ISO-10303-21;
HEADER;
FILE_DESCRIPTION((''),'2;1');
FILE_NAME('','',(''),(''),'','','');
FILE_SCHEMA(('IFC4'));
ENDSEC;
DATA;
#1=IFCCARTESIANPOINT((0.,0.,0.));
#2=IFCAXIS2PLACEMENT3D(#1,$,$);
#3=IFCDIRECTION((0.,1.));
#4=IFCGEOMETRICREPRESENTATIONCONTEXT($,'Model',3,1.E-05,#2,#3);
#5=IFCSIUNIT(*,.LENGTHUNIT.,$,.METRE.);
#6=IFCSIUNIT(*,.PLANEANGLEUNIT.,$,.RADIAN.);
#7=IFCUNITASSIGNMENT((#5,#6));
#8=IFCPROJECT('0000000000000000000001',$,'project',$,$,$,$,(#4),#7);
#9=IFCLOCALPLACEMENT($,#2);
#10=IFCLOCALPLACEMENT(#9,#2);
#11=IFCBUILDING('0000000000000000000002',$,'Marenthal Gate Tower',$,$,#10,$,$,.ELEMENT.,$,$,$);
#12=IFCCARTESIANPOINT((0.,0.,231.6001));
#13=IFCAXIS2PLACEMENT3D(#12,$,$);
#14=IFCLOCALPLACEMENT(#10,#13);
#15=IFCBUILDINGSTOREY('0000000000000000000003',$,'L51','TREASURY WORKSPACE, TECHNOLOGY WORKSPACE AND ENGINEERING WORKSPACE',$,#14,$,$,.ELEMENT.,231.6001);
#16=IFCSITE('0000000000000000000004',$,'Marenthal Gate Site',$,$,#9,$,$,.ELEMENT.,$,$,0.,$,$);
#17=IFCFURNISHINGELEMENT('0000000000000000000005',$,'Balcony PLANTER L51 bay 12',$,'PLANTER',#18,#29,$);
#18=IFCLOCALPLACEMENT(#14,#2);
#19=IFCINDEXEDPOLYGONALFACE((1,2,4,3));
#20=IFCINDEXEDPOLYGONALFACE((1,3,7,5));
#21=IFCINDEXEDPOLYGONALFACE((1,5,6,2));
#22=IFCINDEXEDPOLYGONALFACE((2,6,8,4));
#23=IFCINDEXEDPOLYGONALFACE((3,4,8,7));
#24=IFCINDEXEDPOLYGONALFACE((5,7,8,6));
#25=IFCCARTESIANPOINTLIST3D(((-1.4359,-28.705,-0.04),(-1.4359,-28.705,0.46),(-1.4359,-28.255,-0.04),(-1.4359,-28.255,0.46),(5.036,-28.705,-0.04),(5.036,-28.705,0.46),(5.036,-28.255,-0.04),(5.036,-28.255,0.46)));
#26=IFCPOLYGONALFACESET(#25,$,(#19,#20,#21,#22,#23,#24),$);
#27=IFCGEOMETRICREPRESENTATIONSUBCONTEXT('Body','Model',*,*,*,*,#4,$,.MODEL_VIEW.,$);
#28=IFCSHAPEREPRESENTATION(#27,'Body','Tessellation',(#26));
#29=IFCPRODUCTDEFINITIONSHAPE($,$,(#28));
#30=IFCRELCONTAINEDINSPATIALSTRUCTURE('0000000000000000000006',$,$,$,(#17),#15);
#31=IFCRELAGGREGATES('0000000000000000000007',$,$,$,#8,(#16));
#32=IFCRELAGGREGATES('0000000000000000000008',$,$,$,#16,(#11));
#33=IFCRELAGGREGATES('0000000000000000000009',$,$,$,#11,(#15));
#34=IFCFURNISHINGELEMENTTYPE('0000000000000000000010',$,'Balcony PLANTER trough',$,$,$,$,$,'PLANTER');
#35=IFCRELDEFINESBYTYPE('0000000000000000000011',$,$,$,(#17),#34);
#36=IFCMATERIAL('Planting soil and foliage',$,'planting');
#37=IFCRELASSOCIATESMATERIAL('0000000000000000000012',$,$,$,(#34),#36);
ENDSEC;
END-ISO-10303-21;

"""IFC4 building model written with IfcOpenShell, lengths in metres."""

from ifc_helpers import new_model, si_unit, direction, frame, origin, origin_2d, place, context, subcontext, project, spatial, rectangle, extrude, material, type_object, element, save


model = new_model("IFC4")

# Units and contexts
model_context = context("Model", 3, precision=1e-05, world=origin(), true_north=direction((0.0, 1.0)))
body_context = subcontext(model_context, "Body", "Model", "MODEL_VIEW")
ifc_project = project(units=[si_unit("LENGTHUNIT", "METRE"), si_unit("PLANEANGLEUNIT", "RADIAN")], contexts=[model_context])

# Site, building, storey
site_placement = place(None, origin())
site = spatial("IfcSite", under=ifc_project, at=site_placement, Name="Marenthal Gate Site", CompositionType="ELEMENT", RefElevation=0.0)
building_placement = place(site_placement, origin())
building = spatial("IfcBuilding", under=site, at=building_placement, Name="Marenthal Gate Tower", CompositionType="ELEMENT")
storey_placement = place(building_placement, frame((0.0, 0.0, 231.6001)))
storey = spatial("IfcBuildingStorey", under=building, at=storey_placement, Name="L51", Description="TREASURY WORKSPACE, TECHNOLOGY WORKSPACE AND ENGINEERING WORKSPACE", CompositionType="ELEMENT", Elevation=231.6001)

# Furnishing element
ifc_material_1 = material(Name="Planting soil and foliage", Category="planting")
furnishing_element_type = type_object("IfcFurnishingElementType", Name="Balcony PLANTER trough", ElementType="PLANTER", material=ifc_material_1)
furnishing_placement = place(storey_placement, frame((1.8, -28.48, -0.04), z_axis=(0.0, 0.0, 1.0), x_axis=(1.0, 0.0, 0.0)))
element("IfcFurnishingElement", 1, at=furnishing_placement, inside=storey, type_object=furnishing_element_type, Name="Balcony PLANTER L51 bay 12", ObjectType="PLANTER", context=body_context, shape_type="SweptSolid", body=[
    extrude(rectangle(XDim=6.4719, YDim=0.45, at=origin_2d()), origin(), (0.0, 0.0, 1.0), 0.5),
])

save(model, "model.ifc")
